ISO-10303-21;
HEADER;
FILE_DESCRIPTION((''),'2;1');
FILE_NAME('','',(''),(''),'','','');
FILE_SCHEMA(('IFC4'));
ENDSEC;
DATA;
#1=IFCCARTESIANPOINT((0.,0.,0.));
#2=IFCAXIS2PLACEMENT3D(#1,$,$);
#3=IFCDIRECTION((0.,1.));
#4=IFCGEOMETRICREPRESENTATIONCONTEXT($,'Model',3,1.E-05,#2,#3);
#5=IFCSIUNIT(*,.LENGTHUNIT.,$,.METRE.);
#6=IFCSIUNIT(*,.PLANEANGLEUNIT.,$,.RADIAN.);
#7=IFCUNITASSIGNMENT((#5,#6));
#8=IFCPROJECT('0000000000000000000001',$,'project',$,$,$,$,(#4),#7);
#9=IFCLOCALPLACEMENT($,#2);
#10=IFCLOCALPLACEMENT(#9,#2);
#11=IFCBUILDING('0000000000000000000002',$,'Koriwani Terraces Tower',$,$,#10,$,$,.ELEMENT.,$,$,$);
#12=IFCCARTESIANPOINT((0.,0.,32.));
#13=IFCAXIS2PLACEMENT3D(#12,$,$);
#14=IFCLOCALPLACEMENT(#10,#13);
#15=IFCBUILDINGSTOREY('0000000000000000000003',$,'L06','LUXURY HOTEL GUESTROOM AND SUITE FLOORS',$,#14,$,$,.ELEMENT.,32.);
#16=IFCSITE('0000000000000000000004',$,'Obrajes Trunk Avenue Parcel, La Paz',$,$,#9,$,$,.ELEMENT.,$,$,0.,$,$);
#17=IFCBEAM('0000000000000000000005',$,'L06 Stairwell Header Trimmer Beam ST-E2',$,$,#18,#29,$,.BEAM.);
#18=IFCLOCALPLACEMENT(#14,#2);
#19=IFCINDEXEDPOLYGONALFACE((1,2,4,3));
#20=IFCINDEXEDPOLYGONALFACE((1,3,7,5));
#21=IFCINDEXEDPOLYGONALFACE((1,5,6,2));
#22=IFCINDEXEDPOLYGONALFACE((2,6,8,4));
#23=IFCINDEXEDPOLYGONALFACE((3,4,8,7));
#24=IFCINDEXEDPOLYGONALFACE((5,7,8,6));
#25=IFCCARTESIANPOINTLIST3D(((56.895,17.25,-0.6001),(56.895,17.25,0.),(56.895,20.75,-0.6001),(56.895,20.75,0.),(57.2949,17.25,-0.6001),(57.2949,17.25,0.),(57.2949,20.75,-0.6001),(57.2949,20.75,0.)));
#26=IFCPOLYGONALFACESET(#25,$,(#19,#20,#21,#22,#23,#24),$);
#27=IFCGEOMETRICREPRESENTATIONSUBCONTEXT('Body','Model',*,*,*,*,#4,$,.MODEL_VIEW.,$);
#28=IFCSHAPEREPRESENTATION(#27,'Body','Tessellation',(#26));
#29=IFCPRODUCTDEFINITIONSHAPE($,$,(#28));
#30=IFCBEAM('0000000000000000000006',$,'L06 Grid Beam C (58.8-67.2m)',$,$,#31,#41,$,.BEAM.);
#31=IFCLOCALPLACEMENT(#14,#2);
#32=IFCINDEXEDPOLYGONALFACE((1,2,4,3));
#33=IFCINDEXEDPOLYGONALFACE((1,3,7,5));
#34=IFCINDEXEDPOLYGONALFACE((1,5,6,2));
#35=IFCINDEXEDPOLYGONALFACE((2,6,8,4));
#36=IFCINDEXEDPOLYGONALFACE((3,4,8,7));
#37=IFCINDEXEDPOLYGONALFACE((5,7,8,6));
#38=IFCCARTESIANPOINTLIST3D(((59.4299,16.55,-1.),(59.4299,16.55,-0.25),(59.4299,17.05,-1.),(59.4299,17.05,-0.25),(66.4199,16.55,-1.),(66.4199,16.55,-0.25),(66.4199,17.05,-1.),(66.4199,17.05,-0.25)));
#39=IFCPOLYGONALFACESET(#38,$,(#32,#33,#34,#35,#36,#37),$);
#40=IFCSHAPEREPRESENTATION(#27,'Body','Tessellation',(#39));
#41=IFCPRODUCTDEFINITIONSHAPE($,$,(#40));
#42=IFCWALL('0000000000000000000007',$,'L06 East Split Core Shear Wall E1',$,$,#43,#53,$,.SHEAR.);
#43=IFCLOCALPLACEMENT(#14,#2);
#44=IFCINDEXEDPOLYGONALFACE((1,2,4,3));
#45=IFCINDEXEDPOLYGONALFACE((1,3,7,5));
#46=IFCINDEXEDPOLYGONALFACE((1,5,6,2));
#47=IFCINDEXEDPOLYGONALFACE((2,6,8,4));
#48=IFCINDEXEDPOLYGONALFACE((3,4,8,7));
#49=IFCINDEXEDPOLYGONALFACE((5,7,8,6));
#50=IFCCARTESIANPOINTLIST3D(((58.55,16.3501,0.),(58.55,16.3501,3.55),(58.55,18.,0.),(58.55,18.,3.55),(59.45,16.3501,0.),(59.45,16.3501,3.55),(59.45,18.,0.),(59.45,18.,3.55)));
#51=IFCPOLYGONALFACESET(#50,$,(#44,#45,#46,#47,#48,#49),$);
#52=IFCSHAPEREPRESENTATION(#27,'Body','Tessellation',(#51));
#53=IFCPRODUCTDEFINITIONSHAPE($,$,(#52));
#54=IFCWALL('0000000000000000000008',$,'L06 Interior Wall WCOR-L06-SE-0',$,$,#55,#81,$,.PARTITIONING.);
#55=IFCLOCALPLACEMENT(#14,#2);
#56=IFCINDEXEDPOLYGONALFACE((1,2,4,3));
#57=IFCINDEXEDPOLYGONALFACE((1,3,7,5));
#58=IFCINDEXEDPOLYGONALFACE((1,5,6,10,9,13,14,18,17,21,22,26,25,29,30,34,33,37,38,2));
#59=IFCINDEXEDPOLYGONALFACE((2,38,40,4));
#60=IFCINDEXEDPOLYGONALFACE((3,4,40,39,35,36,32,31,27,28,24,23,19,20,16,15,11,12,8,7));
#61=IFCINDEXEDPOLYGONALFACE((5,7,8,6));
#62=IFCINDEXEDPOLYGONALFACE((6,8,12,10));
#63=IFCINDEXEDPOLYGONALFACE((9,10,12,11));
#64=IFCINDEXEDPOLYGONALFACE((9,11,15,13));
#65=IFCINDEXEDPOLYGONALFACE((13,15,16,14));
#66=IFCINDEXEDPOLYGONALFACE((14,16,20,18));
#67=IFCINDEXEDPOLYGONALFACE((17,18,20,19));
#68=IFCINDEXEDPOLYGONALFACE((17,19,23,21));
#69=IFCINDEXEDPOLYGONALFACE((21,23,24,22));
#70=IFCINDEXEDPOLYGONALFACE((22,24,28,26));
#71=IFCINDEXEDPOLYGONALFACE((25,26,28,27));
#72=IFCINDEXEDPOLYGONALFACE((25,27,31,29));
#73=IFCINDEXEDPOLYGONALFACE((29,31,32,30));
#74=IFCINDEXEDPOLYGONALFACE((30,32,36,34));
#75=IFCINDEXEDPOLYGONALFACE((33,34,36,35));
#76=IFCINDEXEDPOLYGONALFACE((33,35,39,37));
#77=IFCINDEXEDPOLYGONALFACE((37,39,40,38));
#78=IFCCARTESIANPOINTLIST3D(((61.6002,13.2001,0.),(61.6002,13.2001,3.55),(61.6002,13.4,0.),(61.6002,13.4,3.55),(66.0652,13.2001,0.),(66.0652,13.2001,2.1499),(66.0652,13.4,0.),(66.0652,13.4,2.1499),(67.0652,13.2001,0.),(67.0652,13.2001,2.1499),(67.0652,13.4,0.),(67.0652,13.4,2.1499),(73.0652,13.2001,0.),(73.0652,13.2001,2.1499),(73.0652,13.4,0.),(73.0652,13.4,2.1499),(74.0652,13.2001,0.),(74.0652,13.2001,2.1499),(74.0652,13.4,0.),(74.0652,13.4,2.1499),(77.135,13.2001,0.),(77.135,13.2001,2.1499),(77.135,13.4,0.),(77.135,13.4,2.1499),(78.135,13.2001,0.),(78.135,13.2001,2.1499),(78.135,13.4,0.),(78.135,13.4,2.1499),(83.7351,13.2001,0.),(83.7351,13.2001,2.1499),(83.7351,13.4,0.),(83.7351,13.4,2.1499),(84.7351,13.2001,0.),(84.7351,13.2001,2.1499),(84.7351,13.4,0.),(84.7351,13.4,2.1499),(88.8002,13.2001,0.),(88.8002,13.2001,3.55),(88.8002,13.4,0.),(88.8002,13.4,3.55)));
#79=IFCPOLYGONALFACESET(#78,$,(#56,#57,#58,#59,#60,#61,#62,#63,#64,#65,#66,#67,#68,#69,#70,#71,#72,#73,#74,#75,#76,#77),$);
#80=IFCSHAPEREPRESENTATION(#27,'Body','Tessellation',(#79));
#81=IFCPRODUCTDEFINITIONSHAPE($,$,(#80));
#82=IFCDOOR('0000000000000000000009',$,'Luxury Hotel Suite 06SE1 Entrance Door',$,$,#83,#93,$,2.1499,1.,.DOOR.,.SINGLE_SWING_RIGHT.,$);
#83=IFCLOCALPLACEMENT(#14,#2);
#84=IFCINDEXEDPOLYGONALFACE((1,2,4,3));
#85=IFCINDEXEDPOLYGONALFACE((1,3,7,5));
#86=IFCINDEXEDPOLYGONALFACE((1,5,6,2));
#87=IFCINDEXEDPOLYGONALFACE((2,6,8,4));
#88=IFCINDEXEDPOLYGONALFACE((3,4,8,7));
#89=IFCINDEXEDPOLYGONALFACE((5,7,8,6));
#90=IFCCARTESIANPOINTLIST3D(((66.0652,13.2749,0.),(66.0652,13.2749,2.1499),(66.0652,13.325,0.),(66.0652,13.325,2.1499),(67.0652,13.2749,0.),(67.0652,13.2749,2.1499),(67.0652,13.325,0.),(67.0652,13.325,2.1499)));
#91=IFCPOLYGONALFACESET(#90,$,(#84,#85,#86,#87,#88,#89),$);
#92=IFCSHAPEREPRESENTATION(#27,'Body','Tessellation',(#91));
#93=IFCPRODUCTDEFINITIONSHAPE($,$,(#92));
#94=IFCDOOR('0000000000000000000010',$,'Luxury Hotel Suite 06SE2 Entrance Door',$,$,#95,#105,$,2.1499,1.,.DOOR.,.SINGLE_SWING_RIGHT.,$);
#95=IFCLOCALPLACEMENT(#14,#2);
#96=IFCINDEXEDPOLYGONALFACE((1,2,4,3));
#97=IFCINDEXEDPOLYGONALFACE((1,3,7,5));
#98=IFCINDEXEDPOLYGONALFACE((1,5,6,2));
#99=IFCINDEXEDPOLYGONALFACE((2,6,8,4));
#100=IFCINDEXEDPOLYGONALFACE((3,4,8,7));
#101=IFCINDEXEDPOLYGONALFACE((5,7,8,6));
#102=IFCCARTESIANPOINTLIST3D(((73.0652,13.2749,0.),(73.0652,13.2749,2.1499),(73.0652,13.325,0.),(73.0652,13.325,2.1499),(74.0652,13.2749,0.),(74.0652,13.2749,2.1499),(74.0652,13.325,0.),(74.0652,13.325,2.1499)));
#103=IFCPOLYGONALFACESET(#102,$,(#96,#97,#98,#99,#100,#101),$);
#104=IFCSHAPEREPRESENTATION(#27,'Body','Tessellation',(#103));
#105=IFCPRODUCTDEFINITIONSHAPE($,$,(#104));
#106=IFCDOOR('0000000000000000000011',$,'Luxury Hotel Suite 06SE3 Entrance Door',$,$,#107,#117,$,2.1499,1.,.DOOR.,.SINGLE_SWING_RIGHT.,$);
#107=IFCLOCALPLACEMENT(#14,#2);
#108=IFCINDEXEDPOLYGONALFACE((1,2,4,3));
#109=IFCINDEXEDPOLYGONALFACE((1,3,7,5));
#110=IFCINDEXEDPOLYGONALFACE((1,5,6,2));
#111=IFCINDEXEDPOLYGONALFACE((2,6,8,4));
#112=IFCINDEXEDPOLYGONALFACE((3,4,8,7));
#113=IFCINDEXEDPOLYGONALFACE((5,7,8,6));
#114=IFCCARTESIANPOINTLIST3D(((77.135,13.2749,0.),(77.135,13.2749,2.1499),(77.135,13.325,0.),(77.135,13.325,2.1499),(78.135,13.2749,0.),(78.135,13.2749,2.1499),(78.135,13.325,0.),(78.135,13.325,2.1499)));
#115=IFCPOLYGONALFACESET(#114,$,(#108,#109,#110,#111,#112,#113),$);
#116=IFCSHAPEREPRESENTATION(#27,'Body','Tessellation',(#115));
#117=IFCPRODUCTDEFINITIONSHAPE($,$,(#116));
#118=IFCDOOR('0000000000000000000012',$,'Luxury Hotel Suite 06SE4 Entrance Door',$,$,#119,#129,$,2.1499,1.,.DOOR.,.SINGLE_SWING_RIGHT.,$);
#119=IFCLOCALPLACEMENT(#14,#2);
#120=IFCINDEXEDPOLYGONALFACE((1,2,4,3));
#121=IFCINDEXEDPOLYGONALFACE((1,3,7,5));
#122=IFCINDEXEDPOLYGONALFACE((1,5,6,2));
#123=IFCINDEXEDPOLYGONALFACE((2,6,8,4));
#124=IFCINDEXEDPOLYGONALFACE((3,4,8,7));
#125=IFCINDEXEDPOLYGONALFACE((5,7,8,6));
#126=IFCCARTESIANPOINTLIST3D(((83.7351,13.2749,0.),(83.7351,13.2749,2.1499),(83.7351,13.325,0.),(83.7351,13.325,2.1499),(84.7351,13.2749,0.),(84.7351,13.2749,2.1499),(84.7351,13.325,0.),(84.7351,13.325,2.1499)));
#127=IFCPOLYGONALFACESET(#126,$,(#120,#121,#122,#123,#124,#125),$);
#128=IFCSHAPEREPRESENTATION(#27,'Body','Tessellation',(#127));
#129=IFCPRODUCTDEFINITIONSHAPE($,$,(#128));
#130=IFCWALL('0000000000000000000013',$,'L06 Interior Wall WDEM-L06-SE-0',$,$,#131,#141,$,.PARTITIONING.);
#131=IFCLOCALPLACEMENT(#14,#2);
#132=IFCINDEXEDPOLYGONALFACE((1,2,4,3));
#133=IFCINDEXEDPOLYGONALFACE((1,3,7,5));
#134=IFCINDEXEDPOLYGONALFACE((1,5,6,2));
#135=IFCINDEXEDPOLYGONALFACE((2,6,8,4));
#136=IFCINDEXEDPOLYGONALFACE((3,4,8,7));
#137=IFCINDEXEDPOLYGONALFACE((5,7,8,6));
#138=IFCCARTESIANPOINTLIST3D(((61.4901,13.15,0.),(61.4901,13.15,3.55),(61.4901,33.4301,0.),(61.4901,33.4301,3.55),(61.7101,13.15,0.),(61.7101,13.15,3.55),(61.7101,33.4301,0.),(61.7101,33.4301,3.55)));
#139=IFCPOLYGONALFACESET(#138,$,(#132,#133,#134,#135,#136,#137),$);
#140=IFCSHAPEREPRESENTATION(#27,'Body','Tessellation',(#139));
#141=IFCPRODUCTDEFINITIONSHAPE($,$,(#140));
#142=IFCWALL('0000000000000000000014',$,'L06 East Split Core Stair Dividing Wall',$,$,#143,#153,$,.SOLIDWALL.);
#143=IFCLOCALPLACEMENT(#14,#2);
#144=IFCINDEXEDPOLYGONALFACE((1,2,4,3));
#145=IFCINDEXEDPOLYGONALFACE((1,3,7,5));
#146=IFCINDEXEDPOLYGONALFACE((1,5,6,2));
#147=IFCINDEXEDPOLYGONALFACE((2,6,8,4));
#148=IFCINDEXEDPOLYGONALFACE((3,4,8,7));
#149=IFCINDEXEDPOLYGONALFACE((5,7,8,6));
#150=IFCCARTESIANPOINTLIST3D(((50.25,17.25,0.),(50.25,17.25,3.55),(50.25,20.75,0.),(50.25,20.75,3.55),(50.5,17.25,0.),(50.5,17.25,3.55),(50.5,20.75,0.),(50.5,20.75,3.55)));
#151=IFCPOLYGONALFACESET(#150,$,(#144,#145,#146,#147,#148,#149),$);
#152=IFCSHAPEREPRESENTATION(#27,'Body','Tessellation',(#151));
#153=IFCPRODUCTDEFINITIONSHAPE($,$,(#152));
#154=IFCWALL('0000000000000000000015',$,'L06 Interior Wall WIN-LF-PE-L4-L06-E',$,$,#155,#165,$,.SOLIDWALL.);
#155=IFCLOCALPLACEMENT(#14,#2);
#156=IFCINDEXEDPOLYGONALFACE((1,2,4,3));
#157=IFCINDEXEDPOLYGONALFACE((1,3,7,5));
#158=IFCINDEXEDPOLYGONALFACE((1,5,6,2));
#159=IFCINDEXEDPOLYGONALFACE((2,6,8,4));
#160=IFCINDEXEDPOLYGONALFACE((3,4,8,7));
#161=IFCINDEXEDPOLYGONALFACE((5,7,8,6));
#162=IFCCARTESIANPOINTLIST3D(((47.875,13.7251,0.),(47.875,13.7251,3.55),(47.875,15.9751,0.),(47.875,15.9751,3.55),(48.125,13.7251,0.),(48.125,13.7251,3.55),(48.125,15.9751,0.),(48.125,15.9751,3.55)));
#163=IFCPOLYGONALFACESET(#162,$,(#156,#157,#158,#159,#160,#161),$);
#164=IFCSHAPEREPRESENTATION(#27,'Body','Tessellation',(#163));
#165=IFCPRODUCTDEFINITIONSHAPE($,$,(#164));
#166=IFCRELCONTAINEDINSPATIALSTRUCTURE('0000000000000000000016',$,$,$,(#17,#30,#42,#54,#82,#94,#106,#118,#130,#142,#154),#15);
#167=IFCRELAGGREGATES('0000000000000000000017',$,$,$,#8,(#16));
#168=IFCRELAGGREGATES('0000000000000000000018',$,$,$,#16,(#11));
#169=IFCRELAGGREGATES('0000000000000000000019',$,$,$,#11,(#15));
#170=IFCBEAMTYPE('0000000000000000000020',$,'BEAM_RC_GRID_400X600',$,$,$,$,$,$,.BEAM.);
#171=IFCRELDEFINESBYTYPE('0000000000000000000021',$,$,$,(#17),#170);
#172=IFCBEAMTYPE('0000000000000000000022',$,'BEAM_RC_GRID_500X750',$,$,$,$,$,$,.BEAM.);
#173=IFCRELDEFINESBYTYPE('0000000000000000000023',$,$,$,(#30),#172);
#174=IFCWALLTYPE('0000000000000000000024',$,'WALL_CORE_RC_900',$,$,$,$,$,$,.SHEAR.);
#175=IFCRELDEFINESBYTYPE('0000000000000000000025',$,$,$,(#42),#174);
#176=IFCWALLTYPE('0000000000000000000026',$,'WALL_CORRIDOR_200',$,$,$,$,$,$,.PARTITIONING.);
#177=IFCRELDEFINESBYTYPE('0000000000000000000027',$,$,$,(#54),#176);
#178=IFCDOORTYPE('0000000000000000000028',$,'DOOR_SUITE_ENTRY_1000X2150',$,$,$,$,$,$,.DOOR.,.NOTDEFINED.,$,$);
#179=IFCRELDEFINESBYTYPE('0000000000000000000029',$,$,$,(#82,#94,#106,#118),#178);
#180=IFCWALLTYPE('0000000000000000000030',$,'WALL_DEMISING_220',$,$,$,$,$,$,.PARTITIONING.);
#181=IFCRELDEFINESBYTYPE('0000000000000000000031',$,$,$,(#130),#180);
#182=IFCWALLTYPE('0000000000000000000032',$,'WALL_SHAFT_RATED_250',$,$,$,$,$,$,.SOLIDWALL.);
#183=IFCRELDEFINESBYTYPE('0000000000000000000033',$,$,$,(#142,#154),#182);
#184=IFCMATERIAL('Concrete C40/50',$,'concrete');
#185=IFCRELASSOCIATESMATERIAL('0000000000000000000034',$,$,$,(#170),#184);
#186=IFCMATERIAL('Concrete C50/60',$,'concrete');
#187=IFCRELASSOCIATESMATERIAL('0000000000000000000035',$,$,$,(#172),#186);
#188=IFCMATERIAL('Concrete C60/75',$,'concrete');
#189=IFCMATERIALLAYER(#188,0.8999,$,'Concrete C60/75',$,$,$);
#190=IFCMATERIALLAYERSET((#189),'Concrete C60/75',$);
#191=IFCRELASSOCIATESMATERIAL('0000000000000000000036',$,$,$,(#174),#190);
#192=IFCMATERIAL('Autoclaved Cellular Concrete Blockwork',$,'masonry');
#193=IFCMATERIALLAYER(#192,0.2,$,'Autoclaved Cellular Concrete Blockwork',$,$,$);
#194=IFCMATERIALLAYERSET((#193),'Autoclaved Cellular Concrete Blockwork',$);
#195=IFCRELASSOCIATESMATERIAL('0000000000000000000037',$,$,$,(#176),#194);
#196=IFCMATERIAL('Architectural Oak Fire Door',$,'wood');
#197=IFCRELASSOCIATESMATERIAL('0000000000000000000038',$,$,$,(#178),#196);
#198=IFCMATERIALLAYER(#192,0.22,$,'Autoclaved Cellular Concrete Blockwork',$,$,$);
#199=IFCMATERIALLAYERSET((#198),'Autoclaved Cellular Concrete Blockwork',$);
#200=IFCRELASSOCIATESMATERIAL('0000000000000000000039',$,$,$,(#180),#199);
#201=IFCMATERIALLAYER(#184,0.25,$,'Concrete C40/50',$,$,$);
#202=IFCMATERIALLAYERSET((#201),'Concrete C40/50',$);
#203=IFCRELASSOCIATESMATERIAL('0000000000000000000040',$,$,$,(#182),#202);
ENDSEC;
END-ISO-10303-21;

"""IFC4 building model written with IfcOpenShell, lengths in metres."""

from ifc_helpers import new_model, si_unit, direction, frame, frame_2d, origin, origin_2d, place, context, subcontext, project, spatial, rectangle, extrude, material, layer, layer_set, material_profile, profile_set, type_object, element, fill, save


model = new_model("IFC4")

# Units and contexts
model_context = context("Model", 3, precision=1e-05, world=origin(), true_north=direction((0.0, 1.0)))
body_context = subcontext(model_context, "Body", "Model", "MODEL_VIEW")
ifc_project = project(units=[si_unit("LENGTHUNIT", "METRE"), si_unit("PLANEANGLEUNIT", "RADIAN")], contexts=[model_context])

# Site, building, storey
site_placement = place(None, origin())
site = spatial("IfcSite", under=ifc_project, at=site_placement, Name="Obrajes Trunk Avenue Parcel, La Paz", CompositionType="ELEMENT", RefElevation=0.0)
building_placement = place(site_placement, origin())
building = spatial("IfcBuilding", under=site, at=building_placement, Name="Koriwani Terraces Tower", CompositionType="ELEMENT")
storey_placement = place(building_placement, frame((0.0, 0.0, 32.0)))
storey = spatial("IfcBuildingStorey", under=building, at=storey_placement, Name="L06", Description="LUXURY HOTEL GUESTROOM AND SUITE FLOORS", CompositionType="ELEMENT", Elevation=32.0)

# Beams
ifc_material_1 = material(Name="Concrete C40/50", Category="concrete")
ifc_material_profile_1 = material_profile(ifc_material_1, rectangle(XDim=0.3999, YDim=0.6001, at=origin_2d()), Name="Concrete C40/50", Category="LoadBearing")
ifc_profile_set_1 = profile_set([ifc_material_profile_1], Name="Concrete C40/50")
beam_type_1 = type_object("IfcBeamType", Name="BEAM_RC_GRID_400X600", PredefinedType="BEAM", material=ifc_profile_set_1)
beam_1_placement = place(storey_placement, frame((57.095, 17.25, -0.3), z_axis=(0.0, 1.0, 0.0), x_axis=(-1.0, 0.0, 0.0)))
element("IfcBeam", 1, at=beam_1_placement, inside=storey, type_object=beam_type_1, Name="L06 Stairwell Header Trimmer Beam ST-E2", PredefinedType="BEAM", context=body_context, shape_type="SweptSolid", body=[
    extrude(rectangle(XDim=0.3999, YDim=0.6001, at=origin_2d()), origin(), (0.0, 0.0, 1.0), 3.5),
])
ifc_material_2 = material(Name="Concrete C50/60", Category="concrete")
ifc_material_profile_2 = material_profile(ifc_material_2, rectangle(XDim=0.5, YDim=0.75, at=origin_2d()), Name="Concrete C50/60", Category="LoadBearing")
ifc_profile_set_2 = profile_set([ifc_material_profile_2], Name="Concrete C50/60")
beam_type_2 = type_object("IfcBeamType", Name="BEAM_RC_GRID_500X750", PredefinedType="BEAM", material=ifc_profile_set_2)
beam_2_placement = place(storey_placement, frame((59.4299, 16.8, -0.625), z_axis=(1.0, 0.0, 0.0), x_axis=(0.0, 1.0, 0.0)))
element("IfcBeam", 2, at=beam_2_placement, inside=storey, type_object=beam_type_2, Name="L06 Grid Beam C (58.8-67.2m)", PredefinedType="BEAM", context=body_context, shape_type="SweptSolid", body=[
    extrude(rectangle(XDim=0.5, YDim=0.75, at=origin_2d()), origin(), (0.0, 0.0, 1.0), 6.99),
])

# Wall
ifc_material_3 = material(Name="Concrete C60/75", Category="concrete")
ifc_layer_1 = layer(ifc_material_3, 0.8999, Name="Concrete C60/75")
ifc_layer_set_1 = layer_set([ifc_layer_1], Name="Concrete C60/75")
wall_type_1 = type_object("IfcWallType", Name="WALL_CORE_RC_900", PredefinedType="SHEAR", material=ifc_layer_set_1)
wall_1_placement = place(storey_placement, frame((59.0, 16.3501, 0.0), z_axis=(0.0, 0.0, 1.0), x_axis=(0.0, 1.0, 0.0)))
element("IfcWall", 3, at=wall_1_placement, inside=storey, type_object=wall_type_1, Name="L06 East Split Core Shear Wall E1", PredefinedType="SHEAR", context=body_context, shape_type="SweptSolid", body=[
    extrude(rectangle(XDim=1.6499, YDim=0.8999, at=frame_2d((0.825, 0.0))), origin(), (0.0, 0.0, 1.0), 3.55),
])

# Wall, openings, doors
ifc_material_4 = material(Name="Autoclaved Cellular Concrete Blockwork", Category="masonry")
ifc_layer_2 = layer(ifc_material_4, 0.2, Name="Autoclaved Cellular Concrete Blockwork")
ifc_layer_set_2 = layer_set([ifc_layer_2], Name="Autoclaved Cellular Concrete Blockwork")
wall_type_2 = type_object("IfcWallType", Name="WALL_CORRIDOR_200", PredefinedType="PARTITIONING", material=ifc_layer_set_2)
wall_2_placement = place(storey_placement, frame((61.6001, 13.3, 0.0), z_axis=(0.0, 0.0, 1.0), x_axis=(1.0, 0.0, 0.0)))
wall_2 = element("IfcWall", 4, at=wall_2_placement, inside=storey, type_object=wall_type_2, Name="L06 Interior Wall WCOR-L06-SE-0", PredefinedType="PARTITIONING", context=body_context, shape_type="SweptSolid", body=[
    extrude(rectangle(XDim=27.2, YDim=0.2, at=frame_2d((13.6001, 0.0))), origin(), (0.0, 0.0, 1.0), 3.55),
])
opening_1_placement = place(wall_2_placement, frame((4.4651, 0.0, 0.0)))
opening_1 = element("IfcOpeningElement", 5, at=opening_1_placement, cuts=wall_2, PredefinedType="OPENING", context=body_context, shape_type="SweptSolid", body=[
    extrude(rectangle(XDim=1.0, YDim=2.1499, at=frame_2d((0.5, 1.075))), frame((0.0, 0.1099, 0.0), z_axis=(0.0, -1.0, 0.0), x_axis=(1.0, 0.0, 0.0)), (0.0, 0.0, 1.0), 0.22),
])
opening_2_placement = place(wall_2_placement, frame((11.4651, 0.0, 0.0)))
opening_2 = element("IfcOpeningElement", 6, at=opening_2_placement, cuts=wall_2, PredefinedType="OPENING", context=body_context, shape_type="SweptSolid", body=[
    extrude(rectangle(XDim=1.0, YDim=2.1499, at=frame_2d((0.5, 1.075))), frame((0.0, 0.1099, 0.0), z_axis=(0.0, -1.0, 0.0), x_axis=(1.0, 0.0, 0.0)), (0.0, 0.0, 1.0), 0.22),
])
opening_3_placement = place(wall_2_placement, frame((15.5349, 0.0, 0.0)))
opening_3 = element("IfcOpeningElement", 7, at=opening_3_placement, cuts=wall_2, PredefinedType="OPENING", context=body_context, shape_type="SweptSolid", body=[
    extrude(rectangle(XDim=1.0, YDim=2.1499, at=frame_2d((0.5, 1.075))), frame((0.0, 0.1099, 0.0), z_axis=(0.0, -1.0, 0.0), x_axis=(1.0, 0.0, 0.0)), (0.0, 0.0, 1.0), 0.22),
])
opening_4_placement = place(wall_2_placement, frame((22.135, 0.0, 0.0)))
opening_4 = element("IfcOpeningElement", 8, at=opening_4_placement, cuts=wall_2, PredefinedType="OPENING", context=body_context, shape_type="SweptSolid", body=[
    extrude(rectangle(XDim=1.0, YDim=2.1499, at=frame_2d((0.5, 1.075))), frame((0.0, 0.1099, 0.0), z_axis=(0.0, -1.0, 0.0), x_axis=(1.0, 0.0, 0.0)), (0.0, 0.0, 1.0), 0.22),
])
ifc_material_5 = material(Name="Architectural Oak Fire Door", Category="wood")
door_type = type_object("IfcDoorType", Name="DOOR_SUITE_ENTRY_1000X2150", OperationType="NOTDEFINED", PredefinedType="DOOR", material=ifc_material_5)
door_1_placement = place(opening_1_placement, origin())
door_1 = element("IfcDoor", 9, at=door_1_placement, inside=storey, type_object=door_type, Name="Luxury Hotel Suite 06SE1 Entrance Door", OperationType="SINGLE_SWING_RIGHT", OverallHeight=2.1499, OverallWidth=1.0, PredefinedType="DOOR", context=body_context, shape_type="SweptSolid", body=[
    extrude(rectangle(XDim=1.0, YDim=2.1499, at=frame_2d((0.5, 1.075))), frame((0.0, 0.0249, 0.0), z_axis=(0.0, -1.0, 0.0), x_axis=(1.0, 0.0, 0.0)), (0.0, 0.0, 1.0), 0.05),
])
fill(opening_1, door_1)
door_2_placement = place(opening_2_placement, origin())
door_2 = element("IfcDoor", 10, at=door_2_placement, inside=storey, type_object=door_type, Name="Luxury Hotel Suite 06SE2 Entrance Door", OperationType="SINGLE_SWING_RIGHT", OverallHeight=2.1499, OverallWidth=1.0, PredefinedType="DOOR", context=body_context, shape_type="SweptSolid", body=[
    extrude(rectangle(XDim=1.0, YDim=2.1499, at=frame_2d((0.5, 1.075))), frame((0.0, 0.0249, 0.0), z_axis=(0.0, -1.0, 0.0), x_axis=(1.0, 0.0, 0.0)), (0.0, 0.0, 1.0), 0.05),
])
fill(opening_2, door_2)
door_3_placement = place(opening_3_placement, origin())
door_3 = element("IfcDoor", 11, at=door_3_placement, inside=storey, type_object=door_type, Name="Luxury Hotel Suite 06SE3 Entrance Door", OperationType="SINGLE_SWING_RIGHT", OverallHeight=2.1499, OverallWidth=1.0, PredefinedType="DOOR", context=body_context, shape_type="SweptSolid", body=[
    extrude(rectangle(XDim=1.0, YDim=2.1499, at=frame_2d((0.5, 1.075))), frame((0.0, 0.0249, 0.0), z_axis=(0.0, -1.0, 0.0), x_axis=(1.0, 0.0, 0.0)), (0.0, 0.0, 1.0), 0.05),
])
fill(opening_3, door_3)
door_4_placement = place(opening_4_placement, origin())
door_4 = element("IfcDoor", 12, at=door_4_placement, inside=storey, type_object=door_type, Name="Luxury Hotel Suite 06SE4 Entrance Door", OperationType="SINGLE_SWING_RIGHT", OverallHeight=2.1499, OverallWidth=1.0, PredefinedType="DOOR", context=body_context, shape_type="SweptSolid", body=[
    extrude(rectangle(XDim=1.0, YDim=2.1499, at=frame_2d((0.5, 1.075))), frame((0.0, 0.0249, 0.0), z_axis=(0.0, -1.0, 0.0), x_axis=(1.0, 0.0, 0.0)), (0.0, 0.0, 1.0), 0.05),
])
fill(opening_4, door_4)

# Walls
ifc_layer_3 = layer(ifc_material_4, 0.22, Name="Autoclaved Cellular Concrete Blockwork")
ifc_layer_set_3 = layer_set([ifc_layer_3], Name="Autoclaved Cellular Concrete Blockwork")
wall_type_3 = type_object("IfcWallType", Name="WALL_DEMISING_220", PredefinedType="PARTITIONING", material=ifc_layer_set_3)
wall_3_placement = place(storey_placement, frame((61.6001, 13.1499, 0.0), z_axis=(0.0, 0.0, 1.0), x_axis=(0.0, 1.0, 0.0)))
element("IfcWall", 13, at=wall_3_placement, inside=storey, type_object=wall_type_3, Name="L06 Interior Wall WDEM-L06-SE-0", PredefinedType="PARTITIONING", context=body_context, shape_type="SweptSolid", body=[
    extrude(rectangle(XDim=20.28, YDim=0.22, at=frame_2d((10.1401, 0.0))), origin(), (0.0, 0.0, 1.0), 3.55),
])
ifc_layer_4 = layer(ifc_material_1, 0.25, Name="Concrete C40/50")
ifc_layer_set_4 = layer_set([ifc_layer_4], Name="Concrete C40/50")
wall_type_4 = type_object("IfcWallType", Name="WALL_SHAFT_RATED_250", PredefinedType="SOLIDWALL", material=ifc_layer_set_4)
wall_4_placement = place(storey_placement, frame((50.375, 17.25, 0.0), z_axis=(0.0, 0.0, 1.0), x_axis=(0.0, 1.0, 0.0)))
element("IfcWall", 14, at=wall_4_placement, inside=storey, type_object=wall_type_4, Name="L06 East Split Core Stair Dividing Wall", PredefinedType="SOLIDWALL", context=body_context, shape_type="SweptSolid", body=[
    extrude(rectangle(XDim=3.5, YDim=0.25, at=frame_2d((1.75, 0.0))), origin(), (0.0, 0.0, 1.0), 3.55),
])
for number, where, z_axis, x_axis, name in (
    (15, (48.0, 13.7251, 0.0), (0.0, 0.0, 1.0), (0.0, 1.0, 0.0), "L06 Interior Wall WIN-LF-PE-L4-L06-E"),
):
    element("IfcWall", number, at=place(storey_placement, frame(where, z_axis=z_axis, x_axis=x_axis)), inside=storey, type_object=wall_type_4, Name=name, PredefinedType="SOLIDWALL", context=body_context, shape_type="SweptSolid", body=[
        extrude(rectangle(XDim=2.25, YDim=0.25, at=frame_2d((1.125, 0.0))), origin(), (0.0, 0.0, 1.0), 3.55),
    ])

save(model, "model.ifc")
